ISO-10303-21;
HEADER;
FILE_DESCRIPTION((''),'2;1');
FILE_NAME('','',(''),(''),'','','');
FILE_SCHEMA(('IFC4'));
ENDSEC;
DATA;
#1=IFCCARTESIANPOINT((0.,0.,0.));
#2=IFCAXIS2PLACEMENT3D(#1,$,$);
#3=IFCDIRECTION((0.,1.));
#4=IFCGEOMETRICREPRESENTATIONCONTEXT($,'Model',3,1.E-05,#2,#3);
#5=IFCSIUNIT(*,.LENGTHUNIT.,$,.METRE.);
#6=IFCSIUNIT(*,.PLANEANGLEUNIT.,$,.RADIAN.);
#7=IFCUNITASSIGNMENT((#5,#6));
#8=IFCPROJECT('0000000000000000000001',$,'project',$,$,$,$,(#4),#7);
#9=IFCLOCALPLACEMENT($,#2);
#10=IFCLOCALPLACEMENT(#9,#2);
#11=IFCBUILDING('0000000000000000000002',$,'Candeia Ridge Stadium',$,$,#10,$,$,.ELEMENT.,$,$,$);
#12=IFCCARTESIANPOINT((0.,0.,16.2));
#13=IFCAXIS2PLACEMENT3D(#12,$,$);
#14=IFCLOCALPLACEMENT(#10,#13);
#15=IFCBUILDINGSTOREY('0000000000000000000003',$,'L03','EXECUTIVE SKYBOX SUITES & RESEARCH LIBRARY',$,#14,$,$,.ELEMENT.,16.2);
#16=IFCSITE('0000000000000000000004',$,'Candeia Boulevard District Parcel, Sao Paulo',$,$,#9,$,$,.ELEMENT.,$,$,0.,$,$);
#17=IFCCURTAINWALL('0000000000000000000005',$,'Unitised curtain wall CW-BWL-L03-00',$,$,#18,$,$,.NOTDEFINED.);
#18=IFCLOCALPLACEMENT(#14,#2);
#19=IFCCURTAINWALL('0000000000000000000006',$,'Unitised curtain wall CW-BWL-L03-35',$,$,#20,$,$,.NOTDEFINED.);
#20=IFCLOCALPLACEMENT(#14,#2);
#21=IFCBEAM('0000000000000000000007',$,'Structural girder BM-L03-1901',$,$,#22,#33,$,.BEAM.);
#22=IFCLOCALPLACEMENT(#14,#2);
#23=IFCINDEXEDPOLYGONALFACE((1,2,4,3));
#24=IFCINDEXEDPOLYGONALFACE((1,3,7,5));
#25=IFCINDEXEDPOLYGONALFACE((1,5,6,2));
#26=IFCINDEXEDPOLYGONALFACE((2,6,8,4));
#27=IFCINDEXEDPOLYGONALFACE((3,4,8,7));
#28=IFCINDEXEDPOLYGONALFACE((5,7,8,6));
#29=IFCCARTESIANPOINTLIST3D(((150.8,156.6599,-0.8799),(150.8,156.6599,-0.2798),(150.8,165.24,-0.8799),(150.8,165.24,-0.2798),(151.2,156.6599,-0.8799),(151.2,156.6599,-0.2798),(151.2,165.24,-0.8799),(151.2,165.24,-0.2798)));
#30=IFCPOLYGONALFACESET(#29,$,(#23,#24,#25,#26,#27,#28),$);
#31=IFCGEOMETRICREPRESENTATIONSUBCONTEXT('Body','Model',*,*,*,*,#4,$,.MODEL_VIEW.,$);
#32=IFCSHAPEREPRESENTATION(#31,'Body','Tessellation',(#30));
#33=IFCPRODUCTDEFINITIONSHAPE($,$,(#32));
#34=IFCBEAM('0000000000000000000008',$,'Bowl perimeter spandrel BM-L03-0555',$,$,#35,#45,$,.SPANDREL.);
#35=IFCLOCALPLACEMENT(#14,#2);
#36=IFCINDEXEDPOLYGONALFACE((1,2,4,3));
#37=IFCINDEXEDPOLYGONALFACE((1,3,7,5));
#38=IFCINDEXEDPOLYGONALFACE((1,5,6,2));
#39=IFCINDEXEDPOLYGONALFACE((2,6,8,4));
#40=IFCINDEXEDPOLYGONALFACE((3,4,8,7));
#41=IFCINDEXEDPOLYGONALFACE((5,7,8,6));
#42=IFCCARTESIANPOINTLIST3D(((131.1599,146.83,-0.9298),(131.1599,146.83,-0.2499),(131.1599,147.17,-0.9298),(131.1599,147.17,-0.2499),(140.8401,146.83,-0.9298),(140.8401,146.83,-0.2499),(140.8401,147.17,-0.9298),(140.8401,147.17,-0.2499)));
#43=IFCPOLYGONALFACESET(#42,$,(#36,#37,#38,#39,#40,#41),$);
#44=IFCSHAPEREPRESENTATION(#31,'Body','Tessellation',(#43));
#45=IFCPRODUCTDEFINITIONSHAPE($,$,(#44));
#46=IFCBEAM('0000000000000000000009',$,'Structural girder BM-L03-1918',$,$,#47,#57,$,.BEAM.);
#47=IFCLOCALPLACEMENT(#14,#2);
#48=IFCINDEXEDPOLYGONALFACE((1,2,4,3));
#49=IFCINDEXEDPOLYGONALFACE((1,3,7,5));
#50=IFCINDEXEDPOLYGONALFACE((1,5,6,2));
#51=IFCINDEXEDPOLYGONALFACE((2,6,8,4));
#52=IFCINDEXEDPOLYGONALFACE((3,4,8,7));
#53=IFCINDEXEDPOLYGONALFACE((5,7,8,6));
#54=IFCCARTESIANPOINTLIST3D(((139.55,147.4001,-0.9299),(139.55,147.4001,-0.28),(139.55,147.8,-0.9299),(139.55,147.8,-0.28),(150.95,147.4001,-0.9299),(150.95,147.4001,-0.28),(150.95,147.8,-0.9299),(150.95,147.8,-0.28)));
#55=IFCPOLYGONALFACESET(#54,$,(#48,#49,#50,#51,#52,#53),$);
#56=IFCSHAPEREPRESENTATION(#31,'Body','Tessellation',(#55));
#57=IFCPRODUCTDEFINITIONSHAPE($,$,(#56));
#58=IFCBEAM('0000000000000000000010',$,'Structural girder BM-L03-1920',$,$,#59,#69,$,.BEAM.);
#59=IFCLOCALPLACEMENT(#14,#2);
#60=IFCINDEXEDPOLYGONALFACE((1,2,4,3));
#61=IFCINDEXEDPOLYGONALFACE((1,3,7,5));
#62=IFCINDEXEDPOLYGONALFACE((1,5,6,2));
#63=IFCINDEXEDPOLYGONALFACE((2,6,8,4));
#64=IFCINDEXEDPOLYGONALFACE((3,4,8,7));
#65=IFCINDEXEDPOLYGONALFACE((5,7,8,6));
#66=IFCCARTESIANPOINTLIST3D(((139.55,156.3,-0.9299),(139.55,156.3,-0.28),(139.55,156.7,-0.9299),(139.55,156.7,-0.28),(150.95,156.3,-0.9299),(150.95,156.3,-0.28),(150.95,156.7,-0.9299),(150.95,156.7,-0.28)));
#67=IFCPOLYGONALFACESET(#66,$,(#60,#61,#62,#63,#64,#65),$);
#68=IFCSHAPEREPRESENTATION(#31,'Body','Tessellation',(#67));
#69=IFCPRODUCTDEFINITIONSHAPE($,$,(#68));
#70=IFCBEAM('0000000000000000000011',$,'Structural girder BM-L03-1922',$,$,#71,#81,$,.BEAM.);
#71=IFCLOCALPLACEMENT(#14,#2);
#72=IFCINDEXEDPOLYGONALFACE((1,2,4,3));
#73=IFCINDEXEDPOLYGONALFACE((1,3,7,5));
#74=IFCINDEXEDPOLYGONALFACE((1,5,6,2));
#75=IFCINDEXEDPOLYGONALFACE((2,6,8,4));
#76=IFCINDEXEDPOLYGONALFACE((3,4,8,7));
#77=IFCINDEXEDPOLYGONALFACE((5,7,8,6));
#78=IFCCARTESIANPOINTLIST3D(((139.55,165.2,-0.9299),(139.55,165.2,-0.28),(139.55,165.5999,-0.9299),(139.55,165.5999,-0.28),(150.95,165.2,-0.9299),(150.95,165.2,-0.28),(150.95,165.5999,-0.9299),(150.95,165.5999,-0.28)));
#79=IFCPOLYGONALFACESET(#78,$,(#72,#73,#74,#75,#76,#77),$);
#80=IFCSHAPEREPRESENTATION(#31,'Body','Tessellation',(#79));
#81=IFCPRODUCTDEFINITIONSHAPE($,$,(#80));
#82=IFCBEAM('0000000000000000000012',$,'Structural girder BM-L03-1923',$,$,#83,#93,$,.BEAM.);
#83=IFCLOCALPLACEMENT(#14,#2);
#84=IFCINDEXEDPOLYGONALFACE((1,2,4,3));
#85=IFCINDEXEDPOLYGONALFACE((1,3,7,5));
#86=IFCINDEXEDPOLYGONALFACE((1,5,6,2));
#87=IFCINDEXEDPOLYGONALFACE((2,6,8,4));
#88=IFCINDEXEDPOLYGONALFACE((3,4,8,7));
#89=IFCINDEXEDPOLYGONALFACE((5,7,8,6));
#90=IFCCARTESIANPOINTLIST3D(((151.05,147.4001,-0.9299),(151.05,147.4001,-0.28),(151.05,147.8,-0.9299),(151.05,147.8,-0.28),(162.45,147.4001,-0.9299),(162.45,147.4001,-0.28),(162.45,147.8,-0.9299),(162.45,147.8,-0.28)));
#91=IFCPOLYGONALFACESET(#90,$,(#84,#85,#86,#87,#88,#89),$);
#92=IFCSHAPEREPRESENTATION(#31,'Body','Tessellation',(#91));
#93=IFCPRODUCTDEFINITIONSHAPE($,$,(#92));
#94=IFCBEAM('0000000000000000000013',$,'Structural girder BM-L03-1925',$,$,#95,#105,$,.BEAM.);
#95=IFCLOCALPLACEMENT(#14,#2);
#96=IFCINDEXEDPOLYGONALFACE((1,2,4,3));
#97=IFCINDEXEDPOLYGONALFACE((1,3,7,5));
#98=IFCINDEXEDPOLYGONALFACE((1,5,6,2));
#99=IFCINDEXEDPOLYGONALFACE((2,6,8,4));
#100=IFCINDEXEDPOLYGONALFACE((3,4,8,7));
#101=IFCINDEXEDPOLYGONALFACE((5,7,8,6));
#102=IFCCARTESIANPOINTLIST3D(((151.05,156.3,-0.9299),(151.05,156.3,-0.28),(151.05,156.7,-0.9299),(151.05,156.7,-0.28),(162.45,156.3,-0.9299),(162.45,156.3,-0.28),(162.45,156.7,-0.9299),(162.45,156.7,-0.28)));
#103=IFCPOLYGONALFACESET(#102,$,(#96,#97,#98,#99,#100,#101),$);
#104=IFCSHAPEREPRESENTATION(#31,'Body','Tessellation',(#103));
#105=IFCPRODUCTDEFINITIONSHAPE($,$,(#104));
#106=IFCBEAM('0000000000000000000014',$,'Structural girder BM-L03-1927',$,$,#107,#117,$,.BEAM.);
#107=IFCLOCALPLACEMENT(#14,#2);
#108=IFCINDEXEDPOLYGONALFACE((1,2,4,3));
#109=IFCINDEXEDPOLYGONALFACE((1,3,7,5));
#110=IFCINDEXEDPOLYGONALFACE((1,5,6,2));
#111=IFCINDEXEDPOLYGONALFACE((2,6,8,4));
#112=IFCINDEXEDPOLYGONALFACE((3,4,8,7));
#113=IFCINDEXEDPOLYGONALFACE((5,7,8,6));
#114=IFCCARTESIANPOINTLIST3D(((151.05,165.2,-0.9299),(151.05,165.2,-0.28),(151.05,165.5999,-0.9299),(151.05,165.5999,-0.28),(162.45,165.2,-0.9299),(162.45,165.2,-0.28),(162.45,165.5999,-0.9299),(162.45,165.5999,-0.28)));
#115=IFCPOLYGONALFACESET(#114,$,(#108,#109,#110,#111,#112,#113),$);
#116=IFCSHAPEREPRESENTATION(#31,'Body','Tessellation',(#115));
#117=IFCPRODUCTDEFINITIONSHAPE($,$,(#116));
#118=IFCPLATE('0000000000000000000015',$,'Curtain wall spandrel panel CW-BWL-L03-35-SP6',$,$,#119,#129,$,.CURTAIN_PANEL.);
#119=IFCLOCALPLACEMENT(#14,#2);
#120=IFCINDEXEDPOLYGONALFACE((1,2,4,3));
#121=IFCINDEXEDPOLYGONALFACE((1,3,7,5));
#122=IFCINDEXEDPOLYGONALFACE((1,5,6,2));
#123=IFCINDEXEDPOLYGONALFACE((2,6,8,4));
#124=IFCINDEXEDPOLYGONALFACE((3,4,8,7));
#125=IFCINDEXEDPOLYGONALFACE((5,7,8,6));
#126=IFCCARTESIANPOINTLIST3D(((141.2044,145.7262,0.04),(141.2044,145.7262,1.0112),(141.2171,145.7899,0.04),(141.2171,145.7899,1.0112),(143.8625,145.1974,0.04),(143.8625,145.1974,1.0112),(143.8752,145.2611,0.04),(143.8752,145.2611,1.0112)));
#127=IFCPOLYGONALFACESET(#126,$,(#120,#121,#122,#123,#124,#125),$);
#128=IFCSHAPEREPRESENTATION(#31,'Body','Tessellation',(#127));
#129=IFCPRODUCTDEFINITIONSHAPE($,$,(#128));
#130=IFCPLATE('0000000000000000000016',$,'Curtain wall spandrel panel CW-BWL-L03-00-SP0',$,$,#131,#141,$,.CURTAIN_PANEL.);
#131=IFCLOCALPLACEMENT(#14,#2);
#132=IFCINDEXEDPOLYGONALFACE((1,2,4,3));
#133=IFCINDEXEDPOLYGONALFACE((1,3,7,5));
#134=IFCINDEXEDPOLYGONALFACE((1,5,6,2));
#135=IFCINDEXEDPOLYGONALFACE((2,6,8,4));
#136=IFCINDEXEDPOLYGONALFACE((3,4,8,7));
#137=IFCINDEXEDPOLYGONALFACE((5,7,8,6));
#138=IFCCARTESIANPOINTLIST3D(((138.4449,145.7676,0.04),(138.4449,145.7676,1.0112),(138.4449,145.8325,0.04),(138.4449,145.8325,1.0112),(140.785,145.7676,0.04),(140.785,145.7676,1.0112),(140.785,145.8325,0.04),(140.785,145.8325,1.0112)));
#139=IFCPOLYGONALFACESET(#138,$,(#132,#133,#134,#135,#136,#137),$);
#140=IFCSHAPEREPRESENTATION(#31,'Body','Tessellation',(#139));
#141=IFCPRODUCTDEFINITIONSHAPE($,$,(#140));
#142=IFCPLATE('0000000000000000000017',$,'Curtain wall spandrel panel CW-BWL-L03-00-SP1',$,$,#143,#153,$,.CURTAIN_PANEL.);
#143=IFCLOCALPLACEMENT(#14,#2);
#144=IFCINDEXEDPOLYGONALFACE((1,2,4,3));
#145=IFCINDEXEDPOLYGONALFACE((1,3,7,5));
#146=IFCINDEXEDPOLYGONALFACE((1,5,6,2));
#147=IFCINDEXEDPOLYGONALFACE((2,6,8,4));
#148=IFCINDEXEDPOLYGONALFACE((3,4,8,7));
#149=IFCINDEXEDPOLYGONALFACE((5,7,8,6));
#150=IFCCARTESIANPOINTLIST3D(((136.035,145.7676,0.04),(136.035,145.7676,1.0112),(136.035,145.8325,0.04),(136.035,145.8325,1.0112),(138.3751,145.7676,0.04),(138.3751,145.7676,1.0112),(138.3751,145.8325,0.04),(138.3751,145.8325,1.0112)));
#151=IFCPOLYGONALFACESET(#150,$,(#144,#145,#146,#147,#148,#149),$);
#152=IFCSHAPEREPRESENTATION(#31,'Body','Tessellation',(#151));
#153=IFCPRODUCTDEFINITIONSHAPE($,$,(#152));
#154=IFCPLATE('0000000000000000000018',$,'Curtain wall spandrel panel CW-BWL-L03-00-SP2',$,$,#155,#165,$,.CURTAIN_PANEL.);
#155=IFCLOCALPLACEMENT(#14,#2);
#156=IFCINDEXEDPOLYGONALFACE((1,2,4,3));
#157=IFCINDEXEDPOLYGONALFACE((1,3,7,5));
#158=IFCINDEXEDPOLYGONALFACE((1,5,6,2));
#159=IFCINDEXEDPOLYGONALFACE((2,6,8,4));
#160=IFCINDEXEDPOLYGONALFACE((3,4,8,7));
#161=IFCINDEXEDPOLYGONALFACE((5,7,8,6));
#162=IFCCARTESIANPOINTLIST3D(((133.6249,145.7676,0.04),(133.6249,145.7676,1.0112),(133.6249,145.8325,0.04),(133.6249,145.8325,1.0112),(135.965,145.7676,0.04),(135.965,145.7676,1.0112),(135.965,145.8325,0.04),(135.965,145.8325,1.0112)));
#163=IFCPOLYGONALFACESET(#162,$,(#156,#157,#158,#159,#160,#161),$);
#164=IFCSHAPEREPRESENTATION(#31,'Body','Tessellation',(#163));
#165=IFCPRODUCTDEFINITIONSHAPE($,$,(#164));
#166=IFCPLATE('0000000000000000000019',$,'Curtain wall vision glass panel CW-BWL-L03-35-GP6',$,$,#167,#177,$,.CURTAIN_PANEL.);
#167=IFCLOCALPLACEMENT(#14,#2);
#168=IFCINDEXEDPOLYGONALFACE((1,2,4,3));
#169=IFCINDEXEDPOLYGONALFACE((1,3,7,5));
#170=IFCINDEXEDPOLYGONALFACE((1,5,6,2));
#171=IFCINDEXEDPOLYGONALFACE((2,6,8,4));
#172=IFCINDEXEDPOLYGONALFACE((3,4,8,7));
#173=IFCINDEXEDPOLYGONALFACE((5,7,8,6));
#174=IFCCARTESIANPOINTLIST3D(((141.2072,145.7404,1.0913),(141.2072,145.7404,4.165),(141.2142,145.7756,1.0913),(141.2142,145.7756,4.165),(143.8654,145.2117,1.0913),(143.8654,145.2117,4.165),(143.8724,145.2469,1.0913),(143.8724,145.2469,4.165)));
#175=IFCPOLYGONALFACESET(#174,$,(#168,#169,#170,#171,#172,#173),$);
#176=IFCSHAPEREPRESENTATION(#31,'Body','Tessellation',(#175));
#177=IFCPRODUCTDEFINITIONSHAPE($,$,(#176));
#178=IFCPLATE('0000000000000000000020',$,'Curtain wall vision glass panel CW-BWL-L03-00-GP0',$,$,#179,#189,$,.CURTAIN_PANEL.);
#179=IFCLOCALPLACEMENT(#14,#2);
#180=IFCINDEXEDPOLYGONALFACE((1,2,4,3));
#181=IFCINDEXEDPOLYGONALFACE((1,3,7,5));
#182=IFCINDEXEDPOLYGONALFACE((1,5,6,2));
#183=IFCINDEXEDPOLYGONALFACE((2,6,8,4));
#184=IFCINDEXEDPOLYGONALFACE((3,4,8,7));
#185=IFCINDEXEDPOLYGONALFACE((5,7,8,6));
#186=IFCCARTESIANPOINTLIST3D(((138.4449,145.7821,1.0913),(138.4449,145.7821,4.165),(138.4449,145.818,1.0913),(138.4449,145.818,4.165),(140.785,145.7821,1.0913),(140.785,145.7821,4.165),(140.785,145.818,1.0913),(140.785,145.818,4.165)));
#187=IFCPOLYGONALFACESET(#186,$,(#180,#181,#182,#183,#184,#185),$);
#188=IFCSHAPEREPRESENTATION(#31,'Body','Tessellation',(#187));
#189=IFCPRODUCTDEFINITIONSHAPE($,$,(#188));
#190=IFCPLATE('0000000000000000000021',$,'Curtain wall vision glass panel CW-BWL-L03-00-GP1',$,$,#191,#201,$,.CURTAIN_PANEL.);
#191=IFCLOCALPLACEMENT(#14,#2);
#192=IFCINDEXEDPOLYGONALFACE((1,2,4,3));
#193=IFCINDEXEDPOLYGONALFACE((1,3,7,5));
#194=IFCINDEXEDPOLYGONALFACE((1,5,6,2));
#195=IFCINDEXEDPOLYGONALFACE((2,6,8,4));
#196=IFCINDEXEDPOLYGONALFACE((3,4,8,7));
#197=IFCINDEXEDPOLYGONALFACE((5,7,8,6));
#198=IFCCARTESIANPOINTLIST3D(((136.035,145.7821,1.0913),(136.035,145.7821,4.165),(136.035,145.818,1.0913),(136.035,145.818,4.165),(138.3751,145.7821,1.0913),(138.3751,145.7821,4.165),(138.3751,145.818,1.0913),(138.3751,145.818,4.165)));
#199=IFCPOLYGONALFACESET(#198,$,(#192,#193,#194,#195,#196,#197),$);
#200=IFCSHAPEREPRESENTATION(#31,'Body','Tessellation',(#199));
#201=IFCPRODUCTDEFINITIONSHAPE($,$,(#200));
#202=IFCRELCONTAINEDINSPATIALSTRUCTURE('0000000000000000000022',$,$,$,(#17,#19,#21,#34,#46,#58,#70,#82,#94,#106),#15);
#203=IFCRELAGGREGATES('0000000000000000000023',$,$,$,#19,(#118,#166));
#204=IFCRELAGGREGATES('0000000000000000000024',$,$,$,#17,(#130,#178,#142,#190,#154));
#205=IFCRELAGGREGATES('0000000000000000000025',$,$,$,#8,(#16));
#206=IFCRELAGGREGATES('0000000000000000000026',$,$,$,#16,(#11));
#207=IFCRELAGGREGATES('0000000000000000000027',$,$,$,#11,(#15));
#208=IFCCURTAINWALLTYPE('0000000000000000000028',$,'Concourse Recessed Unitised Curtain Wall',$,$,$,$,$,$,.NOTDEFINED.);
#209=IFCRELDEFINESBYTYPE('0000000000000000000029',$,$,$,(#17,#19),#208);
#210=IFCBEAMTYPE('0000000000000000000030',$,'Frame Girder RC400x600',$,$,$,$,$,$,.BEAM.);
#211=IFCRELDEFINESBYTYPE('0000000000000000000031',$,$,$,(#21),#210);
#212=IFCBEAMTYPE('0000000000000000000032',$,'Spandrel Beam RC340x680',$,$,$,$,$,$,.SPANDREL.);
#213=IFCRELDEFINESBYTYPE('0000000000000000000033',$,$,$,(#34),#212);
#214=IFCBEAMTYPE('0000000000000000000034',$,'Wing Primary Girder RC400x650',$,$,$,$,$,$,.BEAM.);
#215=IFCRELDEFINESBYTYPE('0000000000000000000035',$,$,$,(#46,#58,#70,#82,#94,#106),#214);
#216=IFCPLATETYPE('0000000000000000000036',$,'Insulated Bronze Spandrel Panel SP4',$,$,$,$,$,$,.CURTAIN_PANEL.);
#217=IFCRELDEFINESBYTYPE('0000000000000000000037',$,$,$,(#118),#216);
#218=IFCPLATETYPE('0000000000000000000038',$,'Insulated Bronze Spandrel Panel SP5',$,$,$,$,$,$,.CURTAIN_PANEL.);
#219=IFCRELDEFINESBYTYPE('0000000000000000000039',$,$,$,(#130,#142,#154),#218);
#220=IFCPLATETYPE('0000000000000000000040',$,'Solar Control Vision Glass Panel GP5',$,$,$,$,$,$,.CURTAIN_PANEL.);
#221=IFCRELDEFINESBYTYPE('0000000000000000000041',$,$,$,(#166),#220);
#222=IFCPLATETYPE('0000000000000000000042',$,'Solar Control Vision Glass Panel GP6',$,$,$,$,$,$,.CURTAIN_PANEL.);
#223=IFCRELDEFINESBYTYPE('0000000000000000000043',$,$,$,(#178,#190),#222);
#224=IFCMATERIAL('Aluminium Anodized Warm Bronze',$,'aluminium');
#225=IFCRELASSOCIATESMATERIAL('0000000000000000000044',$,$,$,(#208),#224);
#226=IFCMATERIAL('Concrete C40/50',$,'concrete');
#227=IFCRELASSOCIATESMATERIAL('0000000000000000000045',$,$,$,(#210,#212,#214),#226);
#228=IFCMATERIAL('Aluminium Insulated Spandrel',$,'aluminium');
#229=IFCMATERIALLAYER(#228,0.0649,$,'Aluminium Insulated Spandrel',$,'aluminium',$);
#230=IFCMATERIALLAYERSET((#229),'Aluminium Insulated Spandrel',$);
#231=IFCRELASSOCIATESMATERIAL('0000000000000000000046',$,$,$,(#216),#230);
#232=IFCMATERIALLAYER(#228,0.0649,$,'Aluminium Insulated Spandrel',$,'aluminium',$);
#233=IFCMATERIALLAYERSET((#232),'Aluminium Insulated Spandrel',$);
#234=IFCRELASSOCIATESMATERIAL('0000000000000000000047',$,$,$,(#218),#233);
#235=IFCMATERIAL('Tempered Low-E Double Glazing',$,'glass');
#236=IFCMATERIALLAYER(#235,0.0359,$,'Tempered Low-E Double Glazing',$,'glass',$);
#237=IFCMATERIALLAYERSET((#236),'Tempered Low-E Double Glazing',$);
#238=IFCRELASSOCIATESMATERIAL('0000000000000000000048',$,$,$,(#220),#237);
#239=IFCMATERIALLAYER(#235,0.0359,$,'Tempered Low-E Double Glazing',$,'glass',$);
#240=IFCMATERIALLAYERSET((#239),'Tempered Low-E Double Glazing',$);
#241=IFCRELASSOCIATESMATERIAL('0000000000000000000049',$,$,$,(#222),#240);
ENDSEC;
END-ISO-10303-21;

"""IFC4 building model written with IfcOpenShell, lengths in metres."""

from ifc_helpers import new_model, si_unit, direction, frame, origin, origin_2d, place, context, subcontext, project, spatial, rectangle, extrude, material, layer, layer_set, material_profile, profile_set, type_object, element, aggregate, save


model = new_model("IFC4")

# Units and contexts
model_context = context("Model", 3, precision=1e-05, world=origin(), true_north=direction((0.0, 1.0)))
body_context = subcontext(model_context, "Body", "Model", "MODEL_VIEW")
ifc_project = project(units=[si_unit("LENGTHUNIT", "METRE"), si_unit("PLANEANGLEUNIT", "RADIAN")], contexts=[model_context])

# Site, building, storey
site_placement = place(None, origin())
site = spatial("IfcSite", under=ifc_project, at=site_placement, Name="Candeia Boulevard District Parcel, Sao Paulo", CompositionType="ELEMENT", RefElevation=0.0)
building_placement = place(site_placement, origin())
building = spatial("IfcBuilding", under=site, at=building_placement, Name="Candeia Ridge Stadium", CompositionType="ELEMENT")
storey_placement = place(building_placement, frame((0.0, 0.0, 16.2)))
storey = spatial("IfcBuildingStorey", under=building, at=storey_placement, Name="L03", Description="EXECUTIVE SKYBOX SUITES & RESEARCH LIBRARY", CompositionType="ELEMENT", Elevation=16.2)

# Shared definitions
ifc_material_1 = material(Name="Concrete C40/50", Category="concrete")

# Curtain walls
ifc_material_2 = material(Name="Aluminium Anodized Warm Bronze", Category="aluminium")
curtain_wall_type = type_object("IfcCurtainWallType", Name="Concourse Recessed Unitised Curtain Wall", PredefinedType="NOTDEFINED", material=ifc_material_2)
curtain_wall_1_placement = place(storey_placement, origin())
curtain_wall_1 = element("IfcCurtainWall", 1, at=curtain_wall_1_placement, inside=storey, type_object=curtain_wall_type, Name="Unitised curtain wall CW-BWL-L03-00", PredefinedType="NOTDEFINED")
curtain_wall_2_placement = place(storey_placement, origin())
curtain_wall_2 = element("IfcCurtainWall", 2, at=curtain_wall_2_placement, inside=storey, type_object=curtain_wall_type, Name="Unitised curtain wall CW-BWL-L03-35", PredefinedType="NOTDEFINED")

# Beams
ifc_material_profile_1 = material_profile(ifc_material_1, rectangle(XDim=0.3999, YDim=0.6001, at=origin_2d()), Name="RC400x600", Category="concrete")
ifc_profile_set_1 = profile_set([ifc_material_profile_1], Name="Concrete C40/50")
beam_type_1 = type_object("IfcBeamType", Name="Frame Girder RC400x600", PredefinedType="BEAM", material=ifc_profile_set_1)
for number, where, z_axis, x_axis, name in (
    (3, (151.0, 156.6599, -0.5798), (0.0, 1.0, 0.0), (-1.0, 0.0, 0.0), "Structural girder BM-L03-1901"),
):
    element("IfcBeam", number, at=place(storey_placement, frame(where, z_axis=z_axis, x_axis=x_axis)), inside=storey, type_object=beam_type_1, Name=name, PredefinedType="BEAM", context=body_context, shape_type="SweptSolid", body=[
        extrude(rectangle(XDim=0.3999, YDim=0.6001, at=origin_2d()), origin(), (0.0, 0.0, 1.0), 8.5801),
    ])
ifc_material_profile_2 = material_profile(ifc_material_1, rectangle(XDim=0.3401, YDim=0.6799, at=origin_2d()), Name="RC340x680", Category="concrete")
ifc_profile_set_2 = profile_set([ifc_material_profile_2], Name="Concrete C40/50")
beam_type_2 = type_object("IfcBeamType", Name="Spandrel Beam RC340x680", PredefinedType="SPANDREL", material=ifc_profile_set_2)
beam_placement = place(storey_placement, frame((140.8401, 147.0, -0.5898), z_axis=(-1.0, 0.0, 0.0), x_axis=(0.0, -1.0, 0.0)))
element("IfcBeam", 4, at=beam_placement, inside=storey, type_object=beam_type_2, Name="Bowl perimeter spandrel BM-L03-0555", PredefinedType="SPANDREL", context=body_context, shape_type="SweptSolid", body=[
    extrude(rectangle(XDim=0.3401, YDim=0.6799, at=origin_2d()), origin(), (0.0, 0.0, 1.0), 9.6802),
])
ifc_material_profile_3 = material_profile(ifc_material_1, rectangle(XDim=0.3999, YDim=0.6499, at=origin_2d()), Name="RC400x650", Category="concrete")
ifc_profile_set_3 = profile_set([ifc_material_profile_3], Name="Concrete C40/50")
beam_type_3 = type_object("IfcBeamType", Name="Wing Primary Girder RC400x650", PredefinedType="BEAM", material=ifc_profile_set_3)
for number, where, z_axis, x_axis, name in (
    (5, (139.55, 147.6001, -0.605), (1.0, 0.0, 0.0), (0.0, 1.0, 0.0), "Structural girder BM-L03-1918"),
    (6, (139.55, 156.5, -0.605), (1.0, 0.0, 0.0), (0.0, 1.0, 0.0), "Structural girder BM-L03-1920"),
    (7, (139.55, 165.3999, -0.605), (1.0, 0.0, 0.0), (0.0, 1.0, 0.0), "Structural girder BM-L03-1922"),
    (8, (151.05, 147.6001, -0.605), (1.0, 0.0, 0.0), (0.0, 1.0, 0.0), "Structural girder BM-L03-1923"),
    (9, (151.05, 156.5, -0.605), (1.0, 0.0, 0.0), (0.0, 1.0, 0.0), "Structural girder BM-L03-1925"),
    (10, (151.05, 165.3999, -0.605), (1.0, 0.0, 0.0), (0.0, 1.0, 0.0), "Structural girder BM-L03-1927"),
):
    element("IfcBeam", number, at=place(storey_placement, frame(where, z_axis=z_axis, x_axis=x_axis)), inside=storey, type_object=beam_type_3, Name=name, PredefinedType="BEAM", context=body_context, shape_type="SweptSolid", body=[
        extrude(rectangle(XDim=0.3999, YDim=0.6499, at=origin_2d()), origin(), (0.0, 0.0, 1.0), 11.3999),
    ])

# Plates
ifc_material_3 = material(Name="Aluminium Insulated Spandrel", Category="aluminium")
ifc_layer_1 = layer(ifc_material_3, 0.0649, Name="Aluminium Insulated Spandrel", Category="aluminium")
ifc_layer_set_1 = layer_set([ifc_layer_1], Name="Aluminium Insulated Spandrel")
plate_type_1 = type_object("IfcPlateType", Name="Insulated Bronze Spandrel Panel SP4", PredefinedType="CURTAIN_PANEL", material=ifc_layer_set_1)
plate_1_placement = place(storey_placement, frame((142.5398, 145.4937, 0.04), z_axis=(0.0, 0.0, 1.0), x_axis=(-0.980785, 0.19509, 0.0)))
plate_1 = element("IfcPlate", 11, at=plate_1_placement, type_object=plate_type_1, Name="Curtain wall spandrel panel CW-BWL-L03-35-SP6", PredefinedType="CURTAIN_PANEL", context=body_context, shape_type="SweptSolid", body=[
    extrude(rectangle(XDim=2.7102, YDim=0.0649, at=origin_2d()), origin(), (0.0, 0.0, 1.0), 0.9712),
])
ifc_layer_2 = layer(ifc_material_3, 0.0649, Name="Aluminium Insulated Spandrel", Category="aluminium")
ifc_layer_set_2 = layer_set([ifc_layer_2], Name="Aluminium Insulated Spandrel")
plate_type_2 = type_object("IfcPlateType", Name="Insulated Bronze Spandrel Panel SP5", PredefinedType="CURTAIN_PANEL", material=ifc_layer_set_2)
plate_2_placement = place(storey_placement, frame((139.615, 145.8, 0.04), z_axis=(0.0, 0.0, 1.0), x_axis=(-1.0, 0.0, 0.0)))
plate_2 = element("IfcPlate", 12, at=plate_2_placement, type_object=plate_type_2, Name="Curtain wall spandrel panel CW-BWL-L03-00-SP0", PredefinedType="CURTAIN_PANEL", context=body_context, shape_type="SweptSolid", body=[
    extrude(rectangle(XDim=2.3401, YDim=0.0649, at=origin_2d()), origin(), (0.0, 0.0, 1.0), 0.9712),
])
plate_3_placement = place(storey_placement, frame((137.2051, 145.8, 0.04), z_axis=(0.0, 0.0, 1.0), x_axis=(-1.0, 0.0, 0.0)))
plate_3 = element("IfcPlate", 13, at=plate_3_placement, type_object=plate_type_2, Name="Curtain wall spandrel panel CW-BWL-L03-00-SP1", PredefinedType="CURTAIN_PANEL", context=body_context, shape_type="SweptSolid", body=[
    extrude(rectangle(XDim=2.3401, YDim=0.0649, at=origin_2d()), origin(), (0.0, 0.0, 1.0), 0.9712),
])
plate_4_placement = place(storey_placement, frame((134.7949, 145.8, 0.04), z_axis=(0.0, 0.0, 1.0), x_axis=(-1.0, 0.0, 0.0)))
plate_4 = element("IfcPlate", 14, at=plate_4_placement, type_object=plate_type_2, Name="Curtain wall spandrel panel CW-BWL-L03-00-SP2", PredefinedType="CURTAIN_PANEL", context=body_context, shape_type="SweptSolid", body=[
    extrude(rectangle(XDim=2.3401, YDim=0.0649, at=origin_2d()), origin(), (0.0, 0.0, 1.0), 0.9712),
])
ifc_material_4 = material(Name="Tempered Low-E Double Glazing", Category="glass")
ifc_layer_3 = layer(ifc_material_4, 0.0359, Name="Tempered Low-E Double Glazing", Category="glass")
ifc_layer_set_3 = layer_set([ifc_layer_3], Name="Tempered Low-E Double Glazing")
plate_type_3 = type_object("IfcPlateType", Name="Solar Control Vision Glass Panel GP5", PredefinedType="CURTAIN_PANEL", material=ifc_layer_set_3)
plate_5_placement = place(storey_placement, frame((142.5398, 145.4937, 1.0913), z_axis=(0.0, 0.0, 1.0), x_axis=(-0.980785, 0.19509, 0.0)))
plate_5 = element("IfcPlate", 15, at=plate_5_placement, type_object=plate_type_3, Name="Curtain wall vision glass panel CW-BWL-L03-35-GP6", PredefinedType="CURTAIN_PANEL", context=body_context, shape_type="SweptSolid", body=[
    extrude(rectangle(XDim=2.7102, YDim=0.0359, at=origin_2d()), origin(), (0.0, 0.0, 1.0), 3.0737),
])
aggregate(curtain_wall_2, [plate_1, plate_5])
ifc_layer_4 = layer(ifc_material_4, 0.0359, Name="Tempered Low-E Double Glazing", Category="glass")
ifc_layer_set_4 = layer_set([ifc_layer_4], Name="Tempered Low-E Double Glazing")
plate_type_4 = type_object("IfcPlateType", Name="Solar Control Vision Glass Panel GP6", PredefinedType="CURTAIN_PANEL", material=ifc_layer_set_4)
plate_6_placement = place(storey_placement, frame((139.615, 145.8, 1.0913), z_axis=(0.0, 0.0, 1.0), x_axis=(-1.0, 0.0, 0.0)))
plate_6 = element("IfcPlate", 16, at=plate_6_placement, type_object=plate_type_4, Name="Curtain wall vision glass panel CW-BWL-L03-00-GP0", PredefinedType="CURTAIN_PANEL", context=body_context, shape_type="SweptSolid", body=[
    extrude(rectangle(XDim=2.3401, YDim=0.0359, at=origin_2d()), origin(), (0.0, 0.0, 1.0), 3.0737),
])
plate_7_placement = place(storey_placement, frame((137.2051, 145.8, 1.0913), z_axis=(0.0, 0.0, 1.0), x_axis=(-1.0, 0.0, 0.0)))
plate_7 = element("IfcPlate", 17, at=plate_7_placement, type_object=plate_type_4, Name="Curtain wall vision glass panel CW-BWL-L03-00-GP1", PredefinedType="CURTAIN_PANEL", context=body_context, shape_type="SweptSolid", body=[
    extrude(rectangle(XDim=2.3401, YDim=0.0359, at=origin_2d()), origin(), (0.0, 0.0, 1.0), 3.0737),
])
aggregate(curtain_wall_1, [plate_2, plate_6, plate_3, plate_7, plate_4])

save(model, "model.ifc")
